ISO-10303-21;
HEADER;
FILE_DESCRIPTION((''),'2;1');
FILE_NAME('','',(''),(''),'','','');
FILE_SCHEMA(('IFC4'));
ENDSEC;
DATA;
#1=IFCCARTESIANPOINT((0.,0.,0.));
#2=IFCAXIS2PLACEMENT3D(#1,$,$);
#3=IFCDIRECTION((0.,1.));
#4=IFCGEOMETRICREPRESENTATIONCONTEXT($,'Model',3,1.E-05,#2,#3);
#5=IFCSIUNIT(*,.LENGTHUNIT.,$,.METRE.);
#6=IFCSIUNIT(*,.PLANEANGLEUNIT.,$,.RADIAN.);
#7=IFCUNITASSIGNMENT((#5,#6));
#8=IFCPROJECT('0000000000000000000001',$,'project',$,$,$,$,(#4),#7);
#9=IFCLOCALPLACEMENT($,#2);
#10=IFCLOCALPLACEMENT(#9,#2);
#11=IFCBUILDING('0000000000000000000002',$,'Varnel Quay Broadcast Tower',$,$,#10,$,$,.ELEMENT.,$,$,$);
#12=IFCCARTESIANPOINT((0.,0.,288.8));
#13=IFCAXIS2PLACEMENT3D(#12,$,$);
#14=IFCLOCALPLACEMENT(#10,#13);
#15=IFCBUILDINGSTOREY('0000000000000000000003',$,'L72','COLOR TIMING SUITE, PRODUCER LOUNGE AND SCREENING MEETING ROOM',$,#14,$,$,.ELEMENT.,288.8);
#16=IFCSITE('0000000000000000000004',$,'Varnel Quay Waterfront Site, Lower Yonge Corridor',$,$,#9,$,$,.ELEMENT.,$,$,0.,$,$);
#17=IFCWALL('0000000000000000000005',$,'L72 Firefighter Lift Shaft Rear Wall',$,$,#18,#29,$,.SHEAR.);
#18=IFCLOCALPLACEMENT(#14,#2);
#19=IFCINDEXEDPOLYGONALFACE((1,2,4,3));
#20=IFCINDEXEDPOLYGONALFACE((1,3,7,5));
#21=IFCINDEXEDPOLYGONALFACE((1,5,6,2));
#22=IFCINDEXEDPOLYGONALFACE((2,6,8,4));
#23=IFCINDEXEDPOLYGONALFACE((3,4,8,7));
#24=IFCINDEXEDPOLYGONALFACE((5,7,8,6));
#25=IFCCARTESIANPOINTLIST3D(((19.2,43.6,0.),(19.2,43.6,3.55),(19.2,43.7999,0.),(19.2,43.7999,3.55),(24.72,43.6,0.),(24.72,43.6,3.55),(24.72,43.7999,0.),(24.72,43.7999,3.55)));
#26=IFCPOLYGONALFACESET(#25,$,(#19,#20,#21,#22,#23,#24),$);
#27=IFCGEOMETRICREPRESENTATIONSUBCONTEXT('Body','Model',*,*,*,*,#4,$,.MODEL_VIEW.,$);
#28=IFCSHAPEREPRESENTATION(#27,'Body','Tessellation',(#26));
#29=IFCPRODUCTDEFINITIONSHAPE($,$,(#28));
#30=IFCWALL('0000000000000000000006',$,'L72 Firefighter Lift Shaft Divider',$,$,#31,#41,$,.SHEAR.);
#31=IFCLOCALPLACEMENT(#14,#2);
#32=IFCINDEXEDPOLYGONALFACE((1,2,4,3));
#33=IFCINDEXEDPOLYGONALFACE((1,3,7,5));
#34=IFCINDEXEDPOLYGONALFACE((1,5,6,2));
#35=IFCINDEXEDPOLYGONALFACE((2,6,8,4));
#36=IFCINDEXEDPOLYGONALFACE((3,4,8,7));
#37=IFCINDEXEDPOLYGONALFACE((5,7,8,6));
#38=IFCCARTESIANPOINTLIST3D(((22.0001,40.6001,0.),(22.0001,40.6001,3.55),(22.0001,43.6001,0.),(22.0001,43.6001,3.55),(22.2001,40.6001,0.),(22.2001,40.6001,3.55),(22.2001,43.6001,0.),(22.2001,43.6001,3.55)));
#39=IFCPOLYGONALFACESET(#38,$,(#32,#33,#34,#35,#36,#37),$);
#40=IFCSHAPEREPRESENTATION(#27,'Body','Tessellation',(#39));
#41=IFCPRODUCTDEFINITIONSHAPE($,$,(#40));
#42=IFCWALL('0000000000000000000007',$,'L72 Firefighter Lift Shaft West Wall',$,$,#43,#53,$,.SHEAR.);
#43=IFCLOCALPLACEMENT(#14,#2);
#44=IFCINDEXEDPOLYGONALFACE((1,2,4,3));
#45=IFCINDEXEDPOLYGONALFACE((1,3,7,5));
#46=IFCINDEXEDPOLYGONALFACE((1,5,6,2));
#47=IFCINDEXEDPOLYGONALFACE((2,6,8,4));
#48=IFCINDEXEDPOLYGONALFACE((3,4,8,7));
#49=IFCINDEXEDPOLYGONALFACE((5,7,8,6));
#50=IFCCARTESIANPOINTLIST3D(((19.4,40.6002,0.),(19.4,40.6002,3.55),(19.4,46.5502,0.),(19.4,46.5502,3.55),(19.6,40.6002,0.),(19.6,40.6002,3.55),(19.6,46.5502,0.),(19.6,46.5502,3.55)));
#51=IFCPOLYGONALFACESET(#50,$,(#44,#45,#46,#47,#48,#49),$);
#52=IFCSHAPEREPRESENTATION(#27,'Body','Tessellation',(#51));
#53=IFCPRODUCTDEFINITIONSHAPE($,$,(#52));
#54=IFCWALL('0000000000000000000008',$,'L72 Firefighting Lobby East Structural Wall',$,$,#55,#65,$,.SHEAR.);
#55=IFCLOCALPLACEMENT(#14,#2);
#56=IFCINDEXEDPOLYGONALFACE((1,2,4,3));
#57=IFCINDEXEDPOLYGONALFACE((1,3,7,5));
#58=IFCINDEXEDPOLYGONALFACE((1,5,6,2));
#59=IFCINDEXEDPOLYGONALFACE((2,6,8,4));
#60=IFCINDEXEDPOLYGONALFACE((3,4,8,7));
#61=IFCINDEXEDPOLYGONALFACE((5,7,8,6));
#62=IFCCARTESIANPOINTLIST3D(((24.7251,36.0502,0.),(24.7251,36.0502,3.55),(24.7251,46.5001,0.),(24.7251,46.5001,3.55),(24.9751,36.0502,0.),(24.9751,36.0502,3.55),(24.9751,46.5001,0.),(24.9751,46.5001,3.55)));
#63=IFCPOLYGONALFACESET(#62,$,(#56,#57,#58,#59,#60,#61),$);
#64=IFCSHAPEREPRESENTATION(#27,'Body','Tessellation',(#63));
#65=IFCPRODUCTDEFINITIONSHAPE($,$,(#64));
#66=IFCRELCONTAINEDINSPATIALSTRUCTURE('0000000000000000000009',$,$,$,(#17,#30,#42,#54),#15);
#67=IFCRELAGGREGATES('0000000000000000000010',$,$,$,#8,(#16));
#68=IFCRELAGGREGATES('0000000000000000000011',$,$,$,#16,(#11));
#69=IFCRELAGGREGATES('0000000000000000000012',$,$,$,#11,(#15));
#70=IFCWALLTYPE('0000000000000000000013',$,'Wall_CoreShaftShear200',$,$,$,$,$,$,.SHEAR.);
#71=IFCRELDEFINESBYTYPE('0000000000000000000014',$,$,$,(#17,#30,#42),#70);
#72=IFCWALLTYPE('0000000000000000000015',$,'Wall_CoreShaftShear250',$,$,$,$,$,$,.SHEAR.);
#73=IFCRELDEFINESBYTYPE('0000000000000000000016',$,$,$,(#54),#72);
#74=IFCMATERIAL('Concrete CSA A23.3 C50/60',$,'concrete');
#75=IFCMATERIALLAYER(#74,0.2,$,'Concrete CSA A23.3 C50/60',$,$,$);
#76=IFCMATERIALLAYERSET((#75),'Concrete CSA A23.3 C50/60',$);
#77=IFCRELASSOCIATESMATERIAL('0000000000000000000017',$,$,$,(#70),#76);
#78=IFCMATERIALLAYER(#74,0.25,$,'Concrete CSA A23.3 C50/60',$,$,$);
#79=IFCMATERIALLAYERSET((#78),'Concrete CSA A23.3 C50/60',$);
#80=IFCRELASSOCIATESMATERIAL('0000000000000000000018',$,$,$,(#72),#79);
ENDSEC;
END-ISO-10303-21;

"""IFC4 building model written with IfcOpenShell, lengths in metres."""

from ifc_helpers import new_model, si_unit, direction, frame, frame_2d, origin, place, context, subcontext, project, spatial, rectangle, extrude, material, layer, layer_set, type_object, element, save


model = new_model("IFC4")

# Units and contexts
model_context = context("Model", 3, precision=1e-05, world=origin(), true_north=direction((0.0, 1.0)))
body_context = subcontext(model_context, "Body", "Model", "MODEL_VIEW")
ifc_project = project(units=[si_unit("LENGTHUNIT", "METRE"), si_unit("PLANEANGLEUNIT", "RADIAN")], contexts=[model_context])

# Site, building, storey
site_placement = place(None, origin())
site = spatial("IfcSite", under=ifc_project, at=site_placement, Name="Varnel Quay Waterfront Site, Lower Yonge Corridor", CompositionType="ELEMENT", RefElevation=0.0)
building_placement = place(site_placement, origin())
building = spatial("IfcBuilding", under=site, at=building_placement, Name="Varnel Quay Broadcast Tower", CompositionType="ELEMENT")
storey_placement = place(building_placement, frame((0.0, 0.0, 288.8)))
storey = spatial("IfcBuildingStorey", under=building, at=storey_placement, Name="L72", Description="COLOR TIMING SUITE, PRODUCER LOUNGE AND SCREENING MEETING ROOM", CompositionType="ELEMENT", Elevation=288.8)

# Shared definitions
ifc_material_1 = material(Name="Concrete CSA A23.3 C50/60", Category="concrete")
ifc_layer_1 = layer(ifc_material_1, 0.2, Name="Concrete CSA A23.3 C50/60")
ifc_layer_set_1 = layer_set([ifc_layer_1], Name="Concrete CSA A23.3 C50/60")
wall_type_1 = type_object("IfcWallType", Name="Wall_CoreShaftShear200", PredefinedType="SHEAR", material=ifc_layer_set_1)

# Walls
wall_1_placement = place(storey_placement, frame((19.2, 43.7, 0.0), z_axis=(0.0, 0.0, 1.0), x_axis=(1.0, 0.0, 0.0)))
element("IfcWall", 1, at=wall_1_placement, inside=storey, type_object=wall_type_1, Name="L72 Firefighter Lift Shaft Rear Wall", PredefinedType="SHEAR", context=body_context, shape_type="SweptSolid", body=[
    extrude(rectangle(XDim=5.52, YDim=0.2, at=frame_2d((2.76, 0.0))), origin(), (0.0, 0.0, 1.0), 3.55),
])
wall_2_placement = place(storey_placement, frame((22.1001, 40.6001, 0.0), z_axis=(0.0, 0.0, 1.0), x_axis=(0.0, 1.0, 0.0)))
element("IfcWall", 2, at=wall_2_placement, inside=storey, type_object=wall_type_1, Name="L72 Firefighter Lift Shaft Divider", PredefinedType="SHEAR", context=body_context, shape_type="SweptSolid", body=[
    extrude(rectangle(XDim=3.0, YDim=0.2, at=frame_2d((1.5, 0.0))), origin(), (0.0, 0.0, 1.0), 3.55),
])
wall_3_placement = place(storey_placement, frame((19.5, 40.6001, 0.0), z_axis=(0.0, 0.0, 1.0), x_axis=(0.0, 1.0, 0.0)))
element("IfcWall", 3, at=wall_3_placement, inside=storey, type_object=wall_type_1, Name="L72 Firefighter Lift Shaft West Wall", PredefinedType="SHEAR", context=body_context, shape_type="SweptSolid", body=[
    extrude(rectangle(XDim=5.95, YDim=0.2, at=frame_2d((2.9751, 0.0))), origin(), (0.0, 0.0, 1.0), 3.55),
])
ifc_layer_2 = layer(ifc_material_1, 0.25, Name="Concrete CSA A23.3 C50/60")
ifc_layer_set_2 = layer_set([ifc_layer_2], Name="Concrete CSA A23.3 C50/60")
wall_type_2 = type_object("IfcWallType", Name="Wall_CoreShaftShear250", PredefinedType="SHEAR", material=ifc_layer_set_2)
wall_4_placement = place(storey_placement, frame((24.8501, 36.05, 0.0), z_axis=(0.0, 0.0, 1.0), x_axis=(0.0, 1.0, 0.0)))
element("IfcWall", 4, at=wall_4_placement, inside=storey, type_object=wall_type_2, Name="L72 Firefighting Lobby East Structural Wall", PredefinedType="SHEAR", context=body_context, shape_type="SweptSolid", body=[
    extrude(rectangle(XDim=10.45, YDim=0.25, at=frame_2d((5.2251, 0.0))), origin(), (0.0, 0.0, 1.0), 3.55),
])

save(model, "model.ifc")
